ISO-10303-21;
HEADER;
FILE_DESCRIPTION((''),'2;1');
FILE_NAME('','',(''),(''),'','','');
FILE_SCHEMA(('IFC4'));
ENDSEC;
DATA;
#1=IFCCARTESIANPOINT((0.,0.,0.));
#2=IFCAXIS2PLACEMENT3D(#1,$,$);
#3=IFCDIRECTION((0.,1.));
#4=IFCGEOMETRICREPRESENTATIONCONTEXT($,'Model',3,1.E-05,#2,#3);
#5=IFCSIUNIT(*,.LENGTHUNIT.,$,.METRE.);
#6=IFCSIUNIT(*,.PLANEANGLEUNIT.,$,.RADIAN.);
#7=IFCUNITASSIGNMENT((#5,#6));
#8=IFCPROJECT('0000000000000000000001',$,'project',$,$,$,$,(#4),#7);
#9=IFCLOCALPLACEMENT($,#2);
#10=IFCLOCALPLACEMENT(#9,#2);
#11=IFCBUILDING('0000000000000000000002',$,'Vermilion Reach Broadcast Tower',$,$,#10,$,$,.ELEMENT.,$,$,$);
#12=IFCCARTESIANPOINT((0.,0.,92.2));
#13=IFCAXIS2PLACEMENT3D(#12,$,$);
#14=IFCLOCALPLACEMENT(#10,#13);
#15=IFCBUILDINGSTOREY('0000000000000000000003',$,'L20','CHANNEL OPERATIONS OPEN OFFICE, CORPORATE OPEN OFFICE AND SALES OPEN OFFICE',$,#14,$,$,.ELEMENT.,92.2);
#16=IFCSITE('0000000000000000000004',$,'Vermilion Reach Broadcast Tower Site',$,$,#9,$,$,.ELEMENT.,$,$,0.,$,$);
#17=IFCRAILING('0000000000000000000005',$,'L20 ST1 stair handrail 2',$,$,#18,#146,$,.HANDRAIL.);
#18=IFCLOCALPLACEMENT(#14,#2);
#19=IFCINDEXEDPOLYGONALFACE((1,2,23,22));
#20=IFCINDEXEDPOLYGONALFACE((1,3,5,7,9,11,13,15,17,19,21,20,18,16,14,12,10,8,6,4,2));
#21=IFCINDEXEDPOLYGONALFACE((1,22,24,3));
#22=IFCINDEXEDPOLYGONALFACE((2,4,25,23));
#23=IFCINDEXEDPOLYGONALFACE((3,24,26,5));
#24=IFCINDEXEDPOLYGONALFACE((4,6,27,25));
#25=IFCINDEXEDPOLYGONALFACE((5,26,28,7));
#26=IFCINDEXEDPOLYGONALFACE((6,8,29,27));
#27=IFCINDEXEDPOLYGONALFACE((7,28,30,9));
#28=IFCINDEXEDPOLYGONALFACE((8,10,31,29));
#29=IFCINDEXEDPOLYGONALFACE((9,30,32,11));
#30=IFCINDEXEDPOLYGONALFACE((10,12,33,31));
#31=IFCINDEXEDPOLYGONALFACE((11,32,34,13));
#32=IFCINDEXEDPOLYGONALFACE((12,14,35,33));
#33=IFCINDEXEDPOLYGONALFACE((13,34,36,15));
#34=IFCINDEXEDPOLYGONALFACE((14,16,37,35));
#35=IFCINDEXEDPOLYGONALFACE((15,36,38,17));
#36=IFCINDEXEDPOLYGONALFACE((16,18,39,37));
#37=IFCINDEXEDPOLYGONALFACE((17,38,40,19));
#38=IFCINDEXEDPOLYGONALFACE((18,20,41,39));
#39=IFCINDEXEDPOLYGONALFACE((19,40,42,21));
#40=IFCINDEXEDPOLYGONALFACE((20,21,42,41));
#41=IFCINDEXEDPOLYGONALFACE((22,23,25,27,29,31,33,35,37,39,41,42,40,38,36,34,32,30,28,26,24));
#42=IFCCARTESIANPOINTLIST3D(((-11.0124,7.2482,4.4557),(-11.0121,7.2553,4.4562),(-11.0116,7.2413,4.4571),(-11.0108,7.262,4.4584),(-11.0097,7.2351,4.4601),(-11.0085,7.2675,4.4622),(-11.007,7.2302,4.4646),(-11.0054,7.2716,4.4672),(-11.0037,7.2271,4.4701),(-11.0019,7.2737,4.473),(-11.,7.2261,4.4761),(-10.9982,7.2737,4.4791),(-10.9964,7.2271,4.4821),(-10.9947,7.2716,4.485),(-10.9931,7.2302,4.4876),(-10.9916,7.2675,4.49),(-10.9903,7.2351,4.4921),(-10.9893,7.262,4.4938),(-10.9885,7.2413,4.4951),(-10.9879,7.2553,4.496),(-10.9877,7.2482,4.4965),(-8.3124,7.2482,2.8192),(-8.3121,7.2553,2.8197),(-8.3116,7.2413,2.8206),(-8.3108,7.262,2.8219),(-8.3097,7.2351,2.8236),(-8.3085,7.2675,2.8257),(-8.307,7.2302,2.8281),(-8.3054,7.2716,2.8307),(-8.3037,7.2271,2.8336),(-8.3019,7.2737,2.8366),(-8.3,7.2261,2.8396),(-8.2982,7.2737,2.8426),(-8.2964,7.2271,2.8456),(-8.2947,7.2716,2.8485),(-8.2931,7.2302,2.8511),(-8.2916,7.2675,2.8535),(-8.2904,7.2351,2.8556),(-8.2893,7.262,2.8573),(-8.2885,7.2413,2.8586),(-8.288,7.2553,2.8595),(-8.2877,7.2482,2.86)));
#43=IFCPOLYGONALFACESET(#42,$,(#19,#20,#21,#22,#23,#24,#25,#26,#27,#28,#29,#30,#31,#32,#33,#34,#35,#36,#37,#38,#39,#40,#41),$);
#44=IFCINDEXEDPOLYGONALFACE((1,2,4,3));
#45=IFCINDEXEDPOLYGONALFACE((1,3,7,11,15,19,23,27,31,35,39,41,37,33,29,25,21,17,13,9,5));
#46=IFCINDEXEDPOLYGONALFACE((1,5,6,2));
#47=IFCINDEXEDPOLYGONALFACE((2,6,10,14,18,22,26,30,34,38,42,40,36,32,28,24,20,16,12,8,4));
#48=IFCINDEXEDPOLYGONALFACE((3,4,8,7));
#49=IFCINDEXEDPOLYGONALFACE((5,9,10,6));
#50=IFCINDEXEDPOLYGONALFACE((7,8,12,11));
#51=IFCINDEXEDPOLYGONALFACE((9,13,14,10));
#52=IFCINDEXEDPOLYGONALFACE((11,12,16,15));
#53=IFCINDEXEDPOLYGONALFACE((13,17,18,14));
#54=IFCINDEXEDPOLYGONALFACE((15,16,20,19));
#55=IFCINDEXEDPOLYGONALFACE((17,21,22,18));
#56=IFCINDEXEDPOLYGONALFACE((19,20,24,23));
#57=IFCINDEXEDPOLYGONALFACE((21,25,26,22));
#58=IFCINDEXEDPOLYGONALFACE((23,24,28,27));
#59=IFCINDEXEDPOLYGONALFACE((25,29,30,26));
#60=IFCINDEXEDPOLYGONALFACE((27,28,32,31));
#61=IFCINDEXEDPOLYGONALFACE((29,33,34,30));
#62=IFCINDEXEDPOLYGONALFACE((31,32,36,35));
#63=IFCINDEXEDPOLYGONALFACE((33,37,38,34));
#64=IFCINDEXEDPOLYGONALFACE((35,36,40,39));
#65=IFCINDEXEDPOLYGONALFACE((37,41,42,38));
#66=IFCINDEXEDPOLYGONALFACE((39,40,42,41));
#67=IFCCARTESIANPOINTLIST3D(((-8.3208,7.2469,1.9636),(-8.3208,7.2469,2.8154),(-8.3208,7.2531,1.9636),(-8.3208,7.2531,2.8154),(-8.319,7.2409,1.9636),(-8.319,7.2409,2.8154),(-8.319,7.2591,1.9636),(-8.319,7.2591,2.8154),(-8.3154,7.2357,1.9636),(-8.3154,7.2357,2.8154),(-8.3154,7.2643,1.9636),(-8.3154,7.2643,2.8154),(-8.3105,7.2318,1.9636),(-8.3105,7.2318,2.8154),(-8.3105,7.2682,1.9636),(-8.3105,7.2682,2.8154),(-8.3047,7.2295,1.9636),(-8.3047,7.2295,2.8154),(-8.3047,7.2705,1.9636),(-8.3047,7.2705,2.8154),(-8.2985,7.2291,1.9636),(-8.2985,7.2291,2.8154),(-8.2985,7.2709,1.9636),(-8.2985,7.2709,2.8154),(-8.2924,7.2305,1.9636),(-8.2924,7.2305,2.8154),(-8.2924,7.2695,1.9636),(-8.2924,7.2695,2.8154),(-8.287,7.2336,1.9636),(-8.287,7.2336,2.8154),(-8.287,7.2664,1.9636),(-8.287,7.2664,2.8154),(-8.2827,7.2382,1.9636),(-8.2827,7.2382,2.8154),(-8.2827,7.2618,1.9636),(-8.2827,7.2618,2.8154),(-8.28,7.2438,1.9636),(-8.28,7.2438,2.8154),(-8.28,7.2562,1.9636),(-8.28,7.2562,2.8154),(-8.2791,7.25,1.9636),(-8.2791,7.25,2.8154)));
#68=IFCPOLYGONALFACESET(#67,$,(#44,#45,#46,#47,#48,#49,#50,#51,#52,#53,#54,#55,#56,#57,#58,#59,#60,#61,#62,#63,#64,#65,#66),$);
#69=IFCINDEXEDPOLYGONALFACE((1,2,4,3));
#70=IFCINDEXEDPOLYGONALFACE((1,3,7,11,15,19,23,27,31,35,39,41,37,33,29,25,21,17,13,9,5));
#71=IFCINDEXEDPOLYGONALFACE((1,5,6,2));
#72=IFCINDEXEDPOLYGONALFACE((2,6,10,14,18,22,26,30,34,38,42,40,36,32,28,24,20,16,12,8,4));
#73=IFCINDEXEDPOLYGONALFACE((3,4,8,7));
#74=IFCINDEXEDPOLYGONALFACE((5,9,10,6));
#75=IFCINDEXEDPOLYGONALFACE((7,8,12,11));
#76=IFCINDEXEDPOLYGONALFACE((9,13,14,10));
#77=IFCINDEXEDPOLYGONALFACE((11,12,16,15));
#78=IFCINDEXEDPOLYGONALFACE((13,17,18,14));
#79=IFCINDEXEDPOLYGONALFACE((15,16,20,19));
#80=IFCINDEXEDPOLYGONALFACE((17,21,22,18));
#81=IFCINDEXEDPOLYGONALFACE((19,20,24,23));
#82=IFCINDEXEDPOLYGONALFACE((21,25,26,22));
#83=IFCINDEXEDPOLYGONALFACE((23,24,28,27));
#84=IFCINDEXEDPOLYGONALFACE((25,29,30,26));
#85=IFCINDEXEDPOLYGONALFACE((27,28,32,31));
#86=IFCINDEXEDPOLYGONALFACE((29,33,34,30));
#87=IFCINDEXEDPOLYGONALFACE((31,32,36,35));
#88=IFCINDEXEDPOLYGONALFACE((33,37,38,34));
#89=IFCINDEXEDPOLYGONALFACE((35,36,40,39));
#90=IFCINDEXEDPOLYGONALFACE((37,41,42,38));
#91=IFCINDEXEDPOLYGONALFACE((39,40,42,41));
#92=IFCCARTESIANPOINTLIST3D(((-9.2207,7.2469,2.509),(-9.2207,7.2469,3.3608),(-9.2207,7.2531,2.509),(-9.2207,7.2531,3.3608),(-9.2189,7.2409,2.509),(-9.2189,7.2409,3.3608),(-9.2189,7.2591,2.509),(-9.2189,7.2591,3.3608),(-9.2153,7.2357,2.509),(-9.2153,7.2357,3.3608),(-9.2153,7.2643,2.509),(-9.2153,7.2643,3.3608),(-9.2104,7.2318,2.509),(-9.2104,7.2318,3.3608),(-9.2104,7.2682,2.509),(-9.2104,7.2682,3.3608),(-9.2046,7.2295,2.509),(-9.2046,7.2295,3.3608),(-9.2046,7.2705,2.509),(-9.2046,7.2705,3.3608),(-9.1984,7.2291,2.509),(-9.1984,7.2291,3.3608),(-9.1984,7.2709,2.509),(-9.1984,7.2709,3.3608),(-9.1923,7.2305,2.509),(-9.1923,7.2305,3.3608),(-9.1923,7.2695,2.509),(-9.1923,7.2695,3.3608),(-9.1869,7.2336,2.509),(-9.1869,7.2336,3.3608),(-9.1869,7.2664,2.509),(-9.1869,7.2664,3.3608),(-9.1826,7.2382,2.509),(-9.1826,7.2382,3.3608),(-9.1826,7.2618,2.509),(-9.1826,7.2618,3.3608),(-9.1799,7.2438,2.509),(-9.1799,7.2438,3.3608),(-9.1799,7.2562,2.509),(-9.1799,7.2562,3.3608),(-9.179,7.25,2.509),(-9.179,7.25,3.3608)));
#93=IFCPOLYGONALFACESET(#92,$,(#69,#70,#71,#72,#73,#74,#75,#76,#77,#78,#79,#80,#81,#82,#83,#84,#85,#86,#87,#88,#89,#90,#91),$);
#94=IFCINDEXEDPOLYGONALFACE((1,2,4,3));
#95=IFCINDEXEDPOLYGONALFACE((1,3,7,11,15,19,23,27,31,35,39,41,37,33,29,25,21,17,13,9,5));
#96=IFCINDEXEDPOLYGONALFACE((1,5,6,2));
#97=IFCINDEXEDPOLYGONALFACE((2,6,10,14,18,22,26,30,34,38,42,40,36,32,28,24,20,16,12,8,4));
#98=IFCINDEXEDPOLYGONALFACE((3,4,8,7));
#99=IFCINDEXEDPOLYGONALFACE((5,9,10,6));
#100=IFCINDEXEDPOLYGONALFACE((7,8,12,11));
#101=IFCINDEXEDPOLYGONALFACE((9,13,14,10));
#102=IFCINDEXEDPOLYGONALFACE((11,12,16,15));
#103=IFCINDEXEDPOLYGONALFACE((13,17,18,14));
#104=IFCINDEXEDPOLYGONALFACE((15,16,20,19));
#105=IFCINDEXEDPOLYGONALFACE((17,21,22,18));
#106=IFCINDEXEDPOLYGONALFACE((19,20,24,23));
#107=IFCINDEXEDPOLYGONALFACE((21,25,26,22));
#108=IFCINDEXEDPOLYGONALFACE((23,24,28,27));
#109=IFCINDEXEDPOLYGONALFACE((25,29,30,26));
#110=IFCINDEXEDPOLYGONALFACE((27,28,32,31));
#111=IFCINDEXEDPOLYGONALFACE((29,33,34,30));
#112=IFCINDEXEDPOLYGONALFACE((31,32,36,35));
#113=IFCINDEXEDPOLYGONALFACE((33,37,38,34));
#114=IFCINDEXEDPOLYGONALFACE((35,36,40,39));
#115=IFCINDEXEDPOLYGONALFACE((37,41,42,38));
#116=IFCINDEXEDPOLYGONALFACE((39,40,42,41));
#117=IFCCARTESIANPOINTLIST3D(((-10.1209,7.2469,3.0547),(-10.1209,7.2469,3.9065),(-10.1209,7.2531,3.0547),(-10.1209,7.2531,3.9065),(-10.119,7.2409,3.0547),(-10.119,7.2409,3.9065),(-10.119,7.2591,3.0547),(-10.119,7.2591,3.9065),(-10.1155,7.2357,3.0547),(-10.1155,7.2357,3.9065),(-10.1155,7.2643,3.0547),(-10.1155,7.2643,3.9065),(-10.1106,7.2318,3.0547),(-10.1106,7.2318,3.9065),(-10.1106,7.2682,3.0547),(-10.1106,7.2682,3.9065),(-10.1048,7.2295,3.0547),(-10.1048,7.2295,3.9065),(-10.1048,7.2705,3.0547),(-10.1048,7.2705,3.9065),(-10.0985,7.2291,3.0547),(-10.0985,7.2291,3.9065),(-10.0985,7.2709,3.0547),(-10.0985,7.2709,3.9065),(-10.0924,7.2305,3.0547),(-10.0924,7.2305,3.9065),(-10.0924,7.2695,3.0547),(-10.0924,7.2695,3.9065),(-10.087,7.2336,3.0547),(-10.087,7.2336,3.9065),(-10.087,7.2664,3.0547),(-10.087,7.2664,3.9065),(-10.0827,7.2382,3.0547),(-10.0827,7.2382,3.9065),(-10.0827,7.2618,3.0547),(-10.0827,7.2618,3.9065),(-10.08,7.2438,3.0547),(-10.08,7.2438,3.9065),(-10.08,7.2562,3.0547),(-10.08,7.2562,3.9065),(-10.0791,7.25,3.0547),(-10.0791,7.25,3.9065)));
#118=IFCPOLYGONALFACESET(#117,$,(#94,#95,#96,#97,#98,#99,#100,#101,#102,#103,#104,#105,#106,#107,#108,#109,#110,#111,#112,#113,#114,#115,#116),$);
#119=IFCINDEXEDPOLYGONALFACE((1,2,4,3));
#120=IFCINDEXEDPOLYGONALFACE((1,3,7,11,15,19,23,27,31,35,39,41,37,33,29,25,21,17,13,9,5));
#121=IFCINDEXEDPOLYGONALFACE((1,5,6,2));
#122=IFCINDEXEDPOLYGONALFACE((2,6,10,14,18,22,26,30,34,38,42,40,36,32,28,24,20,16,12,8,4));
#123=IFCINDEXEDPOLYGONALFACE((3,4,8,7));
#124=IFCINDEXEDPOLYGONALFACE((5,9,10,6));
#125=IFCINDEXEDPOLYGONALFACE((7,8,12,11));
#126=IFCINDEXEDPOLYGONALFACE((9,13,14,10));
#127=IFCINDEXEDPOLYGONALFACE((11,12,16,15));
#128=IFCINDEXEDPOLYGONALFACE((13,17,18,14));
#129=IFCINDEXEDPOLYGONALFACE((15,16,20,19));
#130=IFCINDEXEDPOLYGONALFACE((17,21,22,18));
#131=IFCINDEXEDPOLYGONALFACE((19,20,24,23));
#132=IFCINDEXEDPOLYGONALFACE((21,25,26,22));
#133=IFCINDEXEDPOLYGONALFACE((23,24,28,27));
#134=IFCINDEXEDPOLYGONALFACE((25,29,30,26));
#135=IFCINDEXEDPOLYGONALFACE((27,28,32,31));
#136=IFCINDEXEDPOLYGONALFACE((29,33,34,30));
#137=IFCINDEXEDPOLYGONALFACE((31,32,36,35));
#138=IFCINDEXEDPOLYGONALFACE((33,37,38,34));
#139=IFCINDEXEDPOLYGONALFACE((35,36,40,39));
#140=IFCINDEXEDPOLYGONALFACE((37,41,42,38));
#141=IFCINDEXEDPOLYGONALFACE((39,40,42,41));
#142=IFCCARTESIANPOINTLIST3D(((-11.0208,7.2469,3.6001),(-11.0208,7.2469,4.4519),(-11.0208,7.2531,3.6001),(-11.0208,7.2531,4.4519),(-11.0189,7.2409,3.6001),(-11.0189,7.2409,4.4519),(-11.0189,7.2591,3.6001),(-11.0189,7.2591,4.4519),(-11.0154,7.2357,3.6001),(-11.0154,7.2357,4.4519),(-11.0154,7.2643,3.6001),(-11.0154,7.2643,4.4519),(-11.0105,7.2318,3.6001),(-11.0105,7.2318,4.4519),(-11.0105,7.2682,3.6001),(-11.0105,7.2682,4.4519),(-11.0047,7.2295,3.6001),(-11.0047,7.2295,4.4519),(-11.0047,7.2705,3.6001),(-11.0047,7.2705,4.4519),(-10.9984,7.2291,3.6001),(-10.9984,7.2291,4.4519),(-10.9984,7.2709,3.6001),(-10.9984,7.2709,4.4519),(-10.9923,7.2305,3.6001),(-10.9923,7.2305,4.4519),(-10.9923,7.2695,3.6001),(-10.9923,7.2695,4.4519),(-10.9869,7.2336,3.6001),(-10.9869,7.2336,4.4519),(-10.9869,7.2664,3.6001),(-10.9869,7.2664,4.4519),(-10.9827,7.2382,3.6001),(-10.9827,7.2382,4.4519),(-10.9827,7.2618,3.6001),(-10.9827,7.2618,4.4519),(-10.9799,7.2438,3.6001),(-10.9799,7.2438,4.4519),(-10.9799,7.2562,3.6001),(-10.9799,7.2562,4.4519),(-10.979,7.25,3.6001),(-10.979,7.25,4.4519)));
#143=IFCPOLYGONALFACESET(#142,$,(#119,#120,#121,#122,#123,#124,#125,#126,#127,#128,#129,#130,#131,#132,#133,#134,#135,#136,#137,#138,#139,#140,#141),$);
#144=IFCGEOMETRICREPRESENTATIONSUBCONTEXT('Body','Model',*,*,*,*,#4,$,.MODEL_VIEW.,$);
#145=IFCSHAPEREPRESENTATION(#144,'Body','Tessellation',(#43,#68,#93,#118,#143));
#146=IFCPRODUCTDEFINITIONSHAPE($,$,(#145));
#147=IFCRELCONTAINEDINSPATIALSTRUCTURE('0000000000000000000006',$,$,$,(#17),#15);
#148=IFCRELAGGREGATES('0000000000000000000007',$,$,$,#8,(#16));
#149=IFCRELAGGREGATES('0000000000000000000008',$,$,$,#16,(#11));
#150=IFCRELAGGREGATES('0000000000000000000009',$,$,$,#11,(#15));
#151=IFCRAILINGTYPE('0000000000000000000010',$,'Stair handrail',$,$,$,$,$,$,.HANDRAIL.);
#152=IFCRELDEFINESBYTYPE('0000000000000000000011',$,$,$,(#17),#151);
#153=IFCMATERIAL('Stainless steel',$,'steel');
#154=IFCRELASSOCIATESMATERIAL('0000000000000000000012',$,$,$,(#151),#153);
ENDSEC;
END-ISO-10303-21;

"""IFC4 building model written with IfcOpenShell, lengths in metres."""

from ifc_helpers import new_model, si_unit, direction, frame, origin, origin_2d, place, context, subcontext, project, spatial, circle, extrude, material, type_object, element, save


model = new_model("IFC4")

# Units and contexts
model_context = context("Model", 3, precision=1e-05, world=origin(), true_north=direction((0.0, 1.0)))
body_context = subcontext(model_context, "Body", "Model", "MODEL_VIEW")
ifc_project = project(units=[si_unit("LENGTHUNIT", "METRE"), si_unit("PLANEANGLEUNIT", "RADIAN")], contexts=[model_context])

# Site, building, storey
site_placement = place(None, origin())
site = spatial("IfcSite", under=ifc_project, at=site_placement, Name="Vermilion Reach Broadcast Tower Site", CompositionType="ELEMENT", RefElevation=0.0)
building_placement = place(site_placement, origin())
building = spatial("IfcBuilding", under=site, at=building_placement, Name="Vermilion Reach Broadcast Tower", CompositionType="ELEMENT")
storey_placement = place(building_placement, frame((0.0, 0.0, 92.2)))
storey = spatial("IfcBuildingStorey", under=building, at=storey_placement, Name="L20", Description="CHANNEL OPERATIONS OPEN OFFICE, CORPORATE OPEN OFFICE AND SALES OPEN OFFICE", CompositionType="ELEMENT", Elevation=92.2)

# Railing
ifc_material_1 = material(Name="Stainless steel", Category="steel")
railing_type_1 = type_object("IfcRailingType", Name="Stair handrail", PredefinedType="HANDRAIL", material=ifc_material_1)
railing_1_placement = place(storey_placement, frame((-8.3, 7.25, 1.9636)))
element("IfcRailing", 1, at=railing_1_placement, inside=storey, type_object=railing_type_1, Name="L20 ST1 stair handrail 2", PredefinedType="HANDRAIL", context=body_context, shape_type="SweptSolid", body=[
    extrude(circle(Radius=0.0239, at=origin_2d()), frame((0.0, 0.0, 0.876), z_axis=(-0.855178, 0.0, 0.518334), x_axis=(0.0, -1.0, 0.0)), (0.0, 0.0, 1.0), 3.1572),
    extrude(circle(Radius=0.021, at=origin_2d()), origin(), (0.0, 0.0, 1.0), 0.8518),
    extrude(circle(Radius=0.021, at=origin_2d()), frame((-0.8999, 0.0, 0.5454)), (0.0, 0.0, 1.0), 0.8518),
    extrude(circle(Radius=0.021, at=origin_2d()), frame((-1.8, 0.0, 1.0911)), (0.0, 0.0, 1.0), 0.8518),
    extrude(circle(Radius=0.021, at=origin_2d()), frame((-2.7, 0.0, 1.6365)), (0.0, 0.0, 1.0), 0.8518),
])

save(model, "model.ifc")
